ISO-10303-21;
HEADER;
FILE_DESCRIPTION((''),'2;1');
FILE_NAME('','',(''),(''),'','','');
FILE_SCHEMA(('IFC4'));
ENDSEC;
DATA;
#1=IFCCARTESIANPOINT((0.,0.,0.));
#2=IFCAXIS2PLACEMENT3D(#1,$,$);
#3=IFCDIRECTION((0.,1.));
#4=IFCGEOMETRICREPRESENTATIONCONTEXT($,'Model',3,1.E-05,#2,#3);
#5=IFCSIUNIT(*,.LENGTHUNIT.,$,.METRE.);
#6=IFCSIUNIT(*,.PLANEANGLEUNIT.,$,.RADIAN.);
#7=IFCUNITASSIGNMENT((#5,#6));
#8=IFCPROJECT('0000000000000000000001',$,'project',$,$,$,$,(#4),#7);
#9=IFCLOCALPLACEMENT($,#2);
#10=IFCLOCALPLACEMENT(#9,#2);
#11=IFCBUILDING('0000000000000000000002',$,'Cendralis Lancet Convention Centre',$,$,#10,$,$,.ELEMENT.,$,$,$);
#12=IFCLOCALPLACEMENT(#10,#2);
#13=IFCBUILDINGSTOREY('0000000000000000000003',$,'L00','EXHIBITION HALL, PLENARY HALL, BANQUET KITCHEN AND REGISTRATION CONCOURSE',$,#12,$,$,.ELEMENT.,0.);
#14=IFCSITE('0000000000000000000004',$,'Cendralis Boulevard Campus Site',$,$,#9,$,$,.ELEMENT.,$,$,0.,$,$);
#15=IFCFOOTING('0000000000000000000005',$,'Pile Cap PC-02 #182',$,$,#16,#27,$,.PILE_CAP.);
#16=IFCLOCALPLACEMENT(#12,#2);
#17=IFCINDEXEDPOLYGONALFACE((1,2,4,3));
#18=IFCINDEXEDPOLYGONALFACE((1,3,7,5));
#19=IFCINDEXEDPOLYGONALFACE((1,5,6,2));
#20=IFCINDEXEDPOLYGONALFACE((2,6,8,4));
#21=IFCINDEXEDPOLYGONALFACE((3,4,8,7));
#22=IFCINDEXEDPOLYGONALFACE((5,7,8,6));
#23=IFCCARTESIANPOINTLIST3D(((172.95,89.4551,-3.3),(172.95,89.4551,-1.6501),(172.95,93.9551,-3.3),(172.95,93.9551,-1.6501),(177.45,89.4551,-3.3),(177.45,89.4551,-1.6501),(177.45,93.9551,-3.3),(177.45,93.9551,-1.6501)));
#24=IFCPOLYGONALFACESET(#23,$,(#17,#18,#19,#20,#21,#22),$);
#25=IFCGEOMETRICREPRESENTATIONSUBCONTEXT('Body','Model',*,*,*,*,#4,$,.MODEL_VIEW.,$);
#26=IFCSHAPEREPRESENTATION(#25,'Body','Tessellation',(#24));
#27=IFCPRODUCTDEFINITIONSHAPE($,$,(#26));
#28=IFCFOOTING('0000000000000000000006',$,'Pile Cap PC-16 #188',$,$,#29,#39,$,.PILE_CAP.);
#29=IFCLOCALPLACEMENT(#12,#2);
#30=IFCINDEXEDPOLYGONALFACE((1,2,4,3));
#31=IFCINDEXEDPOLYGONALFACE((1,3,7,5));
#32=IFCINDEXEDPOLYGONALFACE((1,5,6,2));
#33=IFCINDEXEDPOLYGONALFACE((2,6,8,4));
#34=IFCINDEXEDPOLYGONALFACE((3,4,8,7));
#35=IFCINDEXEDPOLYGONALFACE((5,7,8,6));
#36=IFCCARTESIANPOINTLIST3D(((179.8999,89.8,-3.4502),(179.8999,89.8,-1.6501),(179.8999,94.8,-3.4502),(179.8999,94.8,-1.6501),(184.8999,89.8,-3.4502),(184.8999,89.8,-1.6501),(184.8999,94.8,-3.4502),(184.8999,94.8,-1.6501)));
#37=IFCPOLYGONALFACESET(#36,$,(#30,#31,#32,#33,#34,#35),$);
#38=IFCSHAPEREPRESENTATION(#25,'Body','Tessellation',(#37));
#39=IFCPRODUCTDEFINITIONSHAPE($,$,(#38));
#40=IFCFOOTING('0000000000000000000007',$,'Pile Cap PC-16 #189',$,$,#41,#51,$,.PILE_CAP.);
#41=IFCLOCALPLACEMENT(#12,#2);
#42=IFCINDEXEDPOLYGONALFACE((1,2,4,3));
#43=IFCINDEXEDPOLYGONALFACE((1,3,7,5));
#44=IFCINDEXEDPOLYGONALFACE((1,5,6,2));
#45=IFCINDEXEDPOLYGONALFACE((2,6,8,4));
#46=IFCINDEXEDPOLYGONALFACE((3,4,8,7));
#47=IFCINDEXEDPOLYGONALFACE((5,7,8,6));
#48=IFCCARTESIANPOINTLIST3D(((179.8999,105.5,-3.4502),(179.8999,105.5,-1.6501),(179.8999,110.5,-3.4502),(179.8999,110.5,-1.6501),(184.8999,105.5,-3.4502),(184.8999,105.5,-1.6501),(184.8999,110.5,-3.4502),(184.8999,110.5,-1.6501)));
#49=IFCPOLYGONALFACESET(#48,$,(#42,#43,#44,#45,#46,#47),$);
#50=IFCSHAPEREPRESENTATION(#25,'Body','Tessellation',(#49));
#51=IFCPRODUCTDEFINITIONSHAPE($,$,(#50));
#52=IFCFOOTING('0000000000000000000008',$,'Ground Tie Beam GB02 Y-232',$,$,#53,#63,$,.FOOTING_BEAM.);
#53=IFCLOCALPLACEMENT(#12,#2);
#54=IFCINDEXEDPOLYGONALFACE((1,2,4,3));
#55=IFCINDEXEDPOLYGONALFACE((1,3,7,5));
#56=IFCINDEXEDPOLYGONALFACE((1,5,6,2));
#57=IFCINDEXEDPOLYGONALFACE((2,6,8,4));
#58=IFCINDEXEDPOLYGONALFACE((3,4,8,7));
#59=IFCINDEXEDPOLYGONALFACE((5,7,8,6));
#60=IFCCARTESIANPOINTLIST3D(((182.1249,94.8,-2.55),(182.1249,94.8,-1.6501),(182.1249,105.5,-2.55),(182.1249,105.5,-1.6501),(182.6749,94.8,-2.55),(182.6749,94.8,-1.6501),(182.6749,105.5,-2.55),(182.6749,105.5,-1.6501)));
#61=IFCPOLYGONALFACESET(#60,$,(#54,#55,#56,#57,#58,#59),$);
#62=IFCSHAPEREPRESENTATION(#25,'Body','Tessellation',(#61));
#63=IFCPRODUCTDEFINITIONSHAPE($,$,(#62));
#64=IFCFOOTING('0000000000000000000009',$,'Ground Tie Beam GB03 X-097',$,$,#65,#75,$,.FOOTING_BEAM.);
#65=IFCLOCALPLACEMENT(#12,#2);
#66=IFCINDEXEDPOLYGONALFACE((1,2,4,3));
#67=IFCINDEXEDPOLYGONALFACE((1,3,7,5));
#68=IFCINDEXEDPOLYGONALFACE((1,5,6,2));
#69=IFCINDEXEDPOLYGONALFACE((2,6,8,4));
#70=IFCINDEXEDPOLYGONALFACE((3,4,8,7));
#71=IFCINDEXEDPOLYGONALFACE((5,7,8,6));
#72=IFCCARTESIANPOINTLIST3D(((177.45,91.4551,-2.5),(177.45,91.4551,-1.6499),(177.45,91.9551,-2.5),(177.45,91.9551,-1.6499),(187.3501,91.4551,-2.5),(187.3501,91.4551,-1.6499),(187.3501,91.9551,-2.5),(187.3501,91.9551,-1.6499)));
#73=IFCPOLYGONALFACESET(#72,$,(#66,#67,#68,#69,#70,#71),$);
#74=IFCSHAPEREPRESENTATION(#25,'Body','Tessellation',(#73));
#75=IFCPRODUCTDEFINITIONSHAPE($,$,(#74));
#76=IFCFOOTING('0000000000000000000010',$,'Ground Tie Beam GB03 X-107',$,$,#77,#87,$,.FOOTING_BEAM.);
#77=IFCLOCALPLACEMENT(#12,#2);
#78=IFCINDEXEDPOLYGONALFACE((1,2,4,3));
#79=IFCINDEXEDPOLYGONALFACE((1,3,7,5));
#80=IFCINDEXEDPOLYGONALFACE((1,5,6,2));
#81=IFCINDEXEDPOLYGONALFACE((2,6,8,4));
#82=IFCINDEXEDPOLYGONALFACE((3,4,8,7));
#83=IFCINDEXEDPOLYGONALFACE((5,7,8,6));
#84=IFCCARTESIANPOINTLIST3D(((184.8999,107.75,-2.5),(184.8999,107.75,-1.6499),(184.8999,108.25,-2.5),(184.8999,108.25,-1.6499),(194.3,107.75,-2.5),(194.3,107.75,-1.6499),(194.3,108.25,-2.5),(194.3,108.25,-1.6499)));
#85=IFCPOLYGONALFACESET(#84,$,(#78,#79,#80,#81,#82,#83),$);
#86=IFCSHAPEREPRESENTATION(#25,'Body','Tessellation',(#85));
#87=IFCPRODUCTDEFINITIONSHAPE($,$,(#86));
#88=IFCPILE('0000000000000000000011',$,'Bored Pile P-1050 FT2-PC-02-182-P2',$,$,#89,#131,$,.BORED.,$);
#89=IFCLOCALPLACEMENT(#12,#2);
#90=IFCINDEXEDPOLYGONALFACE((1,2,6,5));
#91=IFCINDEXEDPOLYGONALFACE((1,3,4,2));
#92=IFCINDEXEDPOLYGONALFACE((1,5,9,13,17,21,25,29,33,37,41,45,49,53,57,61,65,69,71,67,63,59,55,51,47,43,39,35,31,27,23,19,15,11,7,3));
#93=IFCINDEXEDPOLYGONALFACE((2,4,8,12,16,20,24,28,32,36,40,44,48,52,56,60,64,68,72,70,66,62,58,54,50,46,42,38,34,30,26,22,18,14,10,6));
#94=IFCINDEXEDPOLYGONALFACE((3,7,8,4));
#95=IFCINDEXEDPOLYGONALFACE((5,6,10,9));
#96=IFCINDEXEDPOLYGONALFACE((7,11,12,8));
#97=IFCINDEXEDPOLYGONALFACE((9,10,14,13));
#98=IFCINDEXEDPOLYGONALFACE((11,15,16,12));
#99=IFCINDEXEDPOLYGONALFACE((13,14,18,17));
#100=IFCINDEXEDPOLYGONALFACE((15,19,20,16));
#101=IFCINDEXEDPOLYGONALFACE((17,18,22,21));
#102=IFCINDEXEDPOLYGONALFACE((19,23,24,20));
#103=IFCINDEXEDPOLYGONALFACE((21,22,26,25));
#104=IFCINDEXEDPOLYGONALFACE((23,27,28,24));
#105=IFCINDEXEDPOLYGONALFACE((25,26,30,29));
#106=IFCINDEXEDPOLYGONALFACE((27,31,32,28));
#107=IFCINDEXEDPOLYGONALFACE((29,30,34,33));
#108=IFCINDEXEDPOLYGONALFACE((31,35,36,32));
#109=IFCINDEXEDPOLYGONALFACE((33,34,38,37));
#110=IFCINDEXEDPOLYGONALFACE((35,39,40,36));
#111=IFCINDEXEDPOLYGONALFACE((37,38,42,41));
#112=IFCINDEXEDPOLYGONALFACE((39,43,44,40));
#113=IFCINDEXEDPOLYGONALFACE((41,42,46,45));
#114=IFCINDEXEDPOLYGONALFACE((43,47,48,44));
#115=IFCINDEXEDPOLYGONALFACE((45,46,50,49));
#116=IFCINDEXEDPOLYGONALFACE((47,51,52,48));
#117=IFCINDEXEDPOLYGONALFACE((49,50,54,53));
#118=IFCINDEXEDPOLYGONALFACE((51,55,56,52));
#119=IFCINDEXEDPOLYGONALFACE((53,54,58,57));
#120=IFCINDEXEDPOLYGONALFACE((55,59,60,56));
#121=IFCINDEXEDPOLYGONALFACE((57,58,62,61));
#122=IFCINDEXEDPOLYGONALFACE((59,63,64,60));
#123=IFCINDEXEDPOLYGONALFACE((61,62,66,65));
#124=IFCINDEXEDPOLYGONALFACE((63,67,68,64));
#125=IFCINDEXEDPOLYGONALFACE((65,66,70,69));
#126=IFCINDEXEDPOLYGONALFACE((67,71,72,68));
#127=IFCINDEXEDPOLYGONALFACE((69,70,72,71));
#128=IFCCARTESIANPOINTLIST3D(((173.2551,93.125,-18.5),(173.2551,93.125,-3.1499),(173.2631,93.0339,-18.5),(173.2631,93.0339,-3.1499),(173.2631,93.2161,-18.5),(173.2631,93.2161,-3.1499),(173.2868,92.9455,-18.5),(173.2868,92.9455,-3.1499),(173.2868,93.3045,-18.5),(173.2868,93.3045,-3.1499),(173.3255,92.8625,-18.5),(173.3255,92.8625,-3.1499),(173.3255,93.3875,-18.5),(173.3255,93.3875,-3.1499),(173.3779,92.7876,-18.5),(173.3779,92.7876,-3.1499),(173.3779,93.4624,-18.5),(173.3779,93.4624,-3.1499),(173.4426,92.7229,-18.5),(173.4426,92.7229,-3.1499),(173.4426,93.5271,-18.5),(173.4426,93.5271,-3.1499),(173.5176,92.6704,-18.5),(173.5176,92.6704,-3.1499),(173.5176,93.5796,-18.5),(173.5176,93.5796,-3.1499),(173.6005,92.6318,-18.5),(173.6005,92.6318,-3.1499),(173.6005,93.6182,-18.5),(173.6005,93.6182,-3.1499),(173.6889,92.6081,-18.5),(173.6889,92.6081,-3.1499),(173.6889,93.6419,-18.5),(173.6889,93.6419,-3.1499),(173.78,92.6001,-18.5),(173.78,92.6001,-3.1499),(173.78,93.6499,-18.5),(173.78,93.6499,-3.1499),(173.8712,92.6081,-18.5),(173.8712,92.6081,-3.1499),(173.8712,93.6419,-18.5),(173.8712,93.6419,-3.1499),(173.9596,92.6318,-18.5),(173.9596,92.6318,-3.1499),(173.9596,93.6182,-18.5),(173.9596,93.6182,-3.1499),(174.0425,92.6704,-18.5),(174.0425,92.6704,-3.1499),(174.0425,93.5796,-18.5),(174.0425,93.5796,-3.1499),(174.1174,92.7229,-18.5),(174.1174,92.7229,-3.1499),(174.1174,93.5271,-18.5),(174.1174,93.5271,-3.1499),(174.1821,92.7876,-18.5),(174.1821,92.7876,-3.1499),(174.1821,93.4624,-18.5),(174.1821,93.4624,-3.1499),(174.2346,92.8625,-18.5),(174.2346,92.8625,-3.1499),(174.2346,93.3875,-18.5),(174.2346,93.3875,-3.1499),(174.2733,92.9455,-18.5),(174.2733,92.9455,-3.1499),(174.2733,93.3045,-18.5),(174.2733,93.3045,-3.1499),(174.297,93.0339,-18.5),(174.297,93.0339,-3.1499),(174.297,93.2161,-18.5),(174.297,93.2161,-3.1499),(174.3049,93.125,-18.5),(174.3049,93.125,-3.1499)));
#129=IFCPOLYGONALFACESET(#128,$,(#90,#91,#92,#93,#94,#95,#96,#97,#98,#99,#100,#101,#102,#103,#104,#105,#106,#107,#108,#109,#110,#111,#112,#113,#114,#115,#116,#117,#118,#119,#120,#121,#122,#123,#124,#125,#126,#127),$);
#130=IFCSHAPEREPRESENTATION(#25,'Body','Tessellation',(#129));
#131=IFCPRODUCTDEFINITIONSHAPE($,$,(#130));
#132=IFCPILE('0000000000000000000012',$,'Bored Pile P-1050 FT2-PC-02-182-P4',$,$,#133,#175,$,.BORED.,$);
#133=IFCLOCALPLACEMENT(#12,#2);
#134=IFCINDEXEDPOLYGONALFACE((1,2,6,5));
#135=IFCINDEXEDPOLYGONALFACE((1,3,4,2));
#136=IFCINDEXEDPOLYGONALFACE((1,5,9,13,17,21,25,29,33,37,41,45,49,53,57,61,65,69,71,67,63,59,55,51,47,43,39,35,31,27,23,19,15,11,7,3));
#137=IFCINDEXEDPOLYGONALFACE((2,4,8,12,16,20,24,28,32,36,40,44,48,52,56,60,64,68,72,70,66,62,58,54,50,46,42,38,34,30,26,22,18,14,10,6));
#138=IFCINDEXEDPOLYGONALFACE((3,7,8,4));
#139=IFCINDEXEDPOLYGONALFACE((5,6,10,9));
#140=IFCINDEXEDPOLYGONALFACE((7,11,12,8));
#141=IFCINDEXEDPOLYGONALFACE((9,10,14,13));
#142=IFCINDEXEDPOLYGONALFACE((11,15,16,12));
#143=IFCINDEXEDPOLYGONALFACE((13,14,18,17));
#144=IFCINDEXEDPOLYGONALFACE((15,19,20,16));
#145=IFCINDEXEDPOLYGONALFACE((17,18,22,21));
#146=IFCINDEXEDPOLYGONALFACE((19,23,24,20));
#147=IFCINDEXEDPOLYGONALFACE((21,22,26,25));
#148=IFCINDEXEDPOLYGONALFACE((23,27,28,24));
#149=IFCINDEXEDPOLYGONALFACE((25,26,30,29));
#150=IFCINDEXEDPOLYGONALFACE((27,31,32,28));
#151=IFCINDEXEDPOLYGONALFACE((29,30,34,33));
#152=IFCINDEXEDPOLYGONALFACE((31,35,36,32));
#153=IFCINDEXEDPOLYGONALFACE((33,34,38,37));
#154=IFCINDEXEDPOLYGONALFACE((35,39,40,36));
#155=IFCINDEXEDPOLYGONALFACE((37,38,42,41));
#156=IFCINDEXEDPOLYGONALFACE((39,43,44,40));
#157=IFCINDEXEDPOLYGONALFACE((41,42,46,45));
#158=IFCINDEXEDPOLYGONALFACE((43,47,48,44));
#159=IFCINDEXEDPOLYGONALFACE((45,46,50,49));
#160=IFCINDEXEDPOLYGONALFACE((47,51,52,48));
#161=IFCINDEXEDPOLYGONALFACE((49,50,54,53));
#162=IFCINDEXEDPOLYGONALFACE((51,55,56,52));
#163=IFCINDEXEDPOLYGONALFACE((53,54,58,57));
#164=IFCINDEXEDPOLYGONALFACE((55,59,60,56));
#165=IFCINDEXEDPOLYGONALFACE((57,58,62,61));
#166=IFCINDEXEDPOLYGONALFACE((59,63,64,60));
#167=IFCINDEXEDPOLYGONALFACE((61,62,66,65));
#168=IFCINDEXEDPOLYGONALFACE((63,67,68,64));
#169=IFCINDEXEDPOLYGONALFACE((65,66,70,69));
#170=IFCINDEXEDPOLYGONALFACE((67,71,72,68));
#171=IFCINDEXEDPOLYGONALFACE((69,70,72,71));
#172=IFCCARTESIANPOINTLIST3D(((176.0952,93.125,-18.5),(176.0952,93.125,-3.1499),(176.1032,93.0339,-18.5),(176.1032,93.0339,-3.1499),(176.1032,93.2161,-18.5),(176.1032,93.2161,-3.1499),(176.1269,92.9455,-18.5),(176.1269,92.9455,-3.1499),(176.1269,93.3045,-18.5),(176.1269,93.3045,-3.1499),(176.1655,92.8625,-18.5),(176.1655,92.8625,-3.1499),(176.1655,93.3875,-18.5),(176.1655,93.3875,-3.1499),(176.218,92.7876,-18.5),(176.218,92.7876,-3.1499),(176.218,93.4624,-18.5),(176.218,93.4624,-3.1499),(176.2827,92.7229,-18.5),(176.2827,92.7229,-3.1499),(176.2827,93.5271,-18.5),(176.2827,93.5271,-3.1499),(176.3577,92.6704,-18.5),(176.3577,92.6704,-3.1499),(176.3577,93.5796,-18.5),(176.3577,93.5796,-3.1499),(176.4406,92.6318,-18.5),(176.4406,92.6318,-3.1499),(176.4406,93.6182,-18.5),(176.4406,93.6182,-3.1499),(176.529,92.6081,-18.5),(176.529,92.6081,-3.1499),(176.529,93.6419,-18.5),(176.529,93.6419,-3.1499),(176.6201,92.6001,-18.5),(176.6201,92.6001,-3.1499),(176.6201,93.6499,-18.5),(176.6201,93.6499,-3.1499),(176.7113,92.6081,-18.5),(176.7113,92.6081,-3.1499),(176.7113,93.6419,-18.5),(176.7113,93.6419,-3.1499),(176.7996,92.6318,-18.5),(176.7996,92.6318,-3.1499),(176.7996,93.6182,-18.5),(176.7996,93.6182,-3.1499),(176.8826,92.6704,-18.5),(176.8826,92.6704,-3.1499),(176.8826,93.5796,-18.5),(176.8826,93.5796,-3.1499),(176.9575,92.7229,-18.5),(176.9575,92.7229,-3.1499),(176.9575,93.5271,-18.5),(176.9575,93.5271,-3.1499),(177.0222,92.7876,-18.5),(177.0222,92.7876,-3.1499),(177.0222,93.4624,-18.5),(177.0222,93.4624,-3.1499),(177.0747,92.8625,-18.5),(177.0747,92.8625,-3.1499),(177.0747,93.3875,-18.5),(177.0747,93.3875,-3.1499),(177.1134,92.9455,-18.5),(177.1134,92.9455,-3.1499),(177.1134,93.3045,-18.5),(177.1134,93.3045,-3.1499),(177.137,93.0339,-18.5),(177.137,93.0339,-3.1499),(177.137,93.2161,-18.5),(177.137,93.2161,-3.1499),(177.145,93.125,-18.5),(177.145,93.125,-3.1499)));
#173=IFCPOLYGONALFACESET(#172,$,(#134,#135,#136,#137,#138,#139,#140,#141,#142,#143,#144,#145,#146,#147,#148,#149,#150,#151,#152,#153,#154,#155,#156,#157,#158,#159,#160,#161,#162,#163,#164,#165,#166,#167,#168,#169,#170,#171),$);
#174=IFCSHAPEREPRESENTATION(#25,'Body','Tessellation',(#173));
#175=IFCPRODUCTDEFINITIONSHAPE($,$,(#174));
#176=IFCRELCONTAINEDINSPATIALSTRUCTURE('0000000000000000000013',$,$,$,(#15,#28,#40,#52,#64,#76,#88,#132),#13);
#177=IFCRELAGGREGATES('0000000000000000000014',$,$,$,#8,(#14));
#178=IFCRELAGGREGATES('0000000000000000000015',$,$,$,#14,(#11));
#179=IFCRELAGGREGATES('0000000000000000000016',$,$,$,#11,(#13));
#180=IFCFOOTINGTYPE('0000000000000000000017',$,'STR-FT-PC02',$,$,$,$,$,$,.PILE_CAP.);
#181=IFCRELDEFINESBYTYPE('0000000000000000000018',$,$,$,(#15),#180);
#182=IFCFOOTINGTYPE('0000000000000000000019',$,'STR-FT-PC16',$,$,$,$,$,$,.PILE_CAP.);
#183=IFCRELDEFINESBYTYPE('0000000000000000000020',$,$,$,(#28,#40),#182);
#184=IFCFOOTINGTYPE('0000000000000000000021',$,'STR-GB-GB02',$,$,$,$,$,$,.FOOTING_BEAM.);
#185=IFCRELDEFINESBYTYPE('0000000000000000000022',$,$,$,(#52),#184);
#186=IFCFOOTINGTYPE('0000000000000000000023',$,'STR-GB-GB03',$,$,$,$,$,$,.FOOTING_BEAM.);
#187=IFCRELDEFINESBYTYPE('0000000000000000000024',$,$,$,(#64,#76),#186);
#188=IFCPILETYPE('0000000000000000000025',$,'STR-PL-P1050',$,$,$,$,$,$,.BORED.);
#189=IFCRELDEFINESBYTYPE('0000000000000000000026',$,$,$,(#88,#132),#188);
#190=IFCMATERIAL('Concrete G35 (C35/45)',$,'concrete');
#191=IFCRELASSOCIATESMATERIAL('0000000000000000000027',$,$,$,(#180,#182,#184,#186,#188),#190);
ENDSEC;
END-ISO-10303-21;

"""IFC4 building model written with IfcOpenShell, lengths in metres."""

from ifc_helpers import new_model, si_unit, direction, frame, origin, origin_2d, place, context, subcontext, project, spatial, rectangle, circle, extrude, material, material_profile, profile_set, type_object, element, save


model = new_model("IFC4")

# Units and contexts
model_context = context("Model", 3, precision=1e-05, world=origin(), true_north=direction((0.0, 1.0)))
body_context = subcontext(model_context, "Body", "Model", "MODEL_VIEW")
ifc_project = project(units=[si_unit("LENGTHUNIT", "METRE"), si_unit("PLANEANGLEUNIT", "RADIAN")], contexts=[model_context])

# Site, building, storey
site_placement = place(None, origin())
site = spatial("IfcSite", under=ifc_project, at=site_placement, Name="Cendralis Boulevard Campus Site", CompositionType="ELEMENT", RefElevation=0.0)
building_placement = place(site_placement, origin())
building = spatial("IfcBuilding", under=site, at=building_placement, Name="Cendralis Lancet Convention Centre", CompositionType="ELEMENT")
storey_placement = place(building_placement, origin())
storey = spatial("IfcBuildingStorey", under=building, at=storey_placement, Name="L00", Description="EXHIBITION HALL, PLENARY HALL, BANQUET KITCHEN AND REGISTRATION CONCOURSE", CompositionType="ELEMENT", Elevation=0.0)

# Footings
ifc_material_1 = material(Name="Concrete G35 (C35/45)", Category="concrete")
footing_type_1 = type_object("IfcFootingType", Name="STR-FT-PC02", PredefinedType="PILE_CAP", material=ifc_material_1)
footing_1_placement = place(storey_placement, frame((175.2, 91.7051, -3.3), z_axis=(0.0, 0.0, 1.0), x_axis=(1.0, 0.0, 0.0)))
element("IfcFooting", 1, at=footing_1_placement, inside=storey, type_object=footing_type_1, Name="Pile Cap PC-02 #182", PredefinedType="PILE_CAP", context=body_context, shape_type="SweptSolid", body=[
    extrude(rectangle(XDim=4.5, YDim=4.5, at=origin_2d()), origin(), (0.0, 0.0, 1.0), 1.6499),
])
footing_type_2 = type_object("IfcFootingType", Name="STR-FT-PC16", PredefinedType="PILE_CAP", material=ifc_material_1)
for number, where, z_axis, x_axis, name in (
    (2, (182.3999, 92.3, -3.4502), (0.0, 0.0, 1.0), (1.0, 0.0, 0.0), "Pile Cap PC-16 #188"),
    (3, (182.3999, 108.0, -3.4502), (0.0, 0.0, 1.0), (1.0, 0.0, 0.0), "Pile Cap PC-16 #189"),
):
    element("IfcFooting", number, at=place(storey_placement, frame(where, z_axis=z_axis, x_axis=x_axis)), inside=storey, type_object=footing_type_2, Name=name, PredefinedType="PILE_CAP", context=body_context, shape_type="SweptSolid", body=[
        extrude(rectangle(XDim=5.0, YDim=5.0, at=origin_2d()), origin(), (0.0, 0.0, 1.0), 1.8),
    ])
ifc_material_profile_1 = material_profile(ifc_material_1, rectangle(XDim=0.55, YDim=0.8999, at=origin_2d()), Name="RCB 550x900")
ifc_profile_set_1 = profile_set([ifc_material_profile_1], Name="Concrete G35 (C35/45)")
footing_type_3 = type_object("IfcFootingType", Name="STR-GB-GB02", PredefinedType="FOOTING_BEAM", material=ifc_profile_set_1)
footing_2_placement = place(storey_placement, frame((182.3999, 94.8, -2.1001), z_axis=(0.0, 1.0, 0.0), x_axis=(-1.0, 0.0, 0.0)))
element("IfcFooting", 4, at=footing_2_placement, inside=storey, type_object=footing_type_3, Name="Ground Tie Beam GB02 Y-232", PredefinedType="FOOTING_BEAM", context=body_context, shape_type="SweptSolid", body=[
    extrude(rectangle(XDim=0.55, YDim=0.8999, at=origin_2d()), origin(), (0.0, 0.0, 1.0), 10.7),
])
ifc_material_profile_2 = material_profile(ifc_material_1, rectangle(XDim=0.5, YDim=0.8501, at=origin_2d()), Name="RCB 500x850")
ifc_profile_set_2 = profile_set([ifc_material_profile_2], Name="Concrete G35 (C35/45)")
footing_type_4 = type_object("IfcFootingType", Name="STR-GB-GB03", PredefinedType="FOOTING_BEAM", material=ifc_profile_set_2)
footing_3_placement = place(storey_placement, frame((177.45, 91.7051, -2.075), z_axis=(1.0, 0.0, 0.0), x_axis=(0.0, 1.0, 0.0)))
element("IfcFooting", 5, at=footing_3_placement, inside=storey, type_object=footing_type_4, Name="Ground Tie Beam GB03 X-097", PredefinedType="FOOTING_BEAM", context=body_context, shape_type="SweptSolid", body=[
    extrude(rectangle(XDim=0.5, YDim=0.8501, at=origin_2d()), origin(), (0.0, 0.0, 1.0), 9.9001),
])
footing_4_placement = place(storey_placement, frame((184.8999, 108.0, -2.075), z_axis=(1.0, 0.0, 0.0), x_axis=(0.0, 1.0, 0.0)))
element("IfcFooting", 6, at=footing_4_placement, inside=storey, type_object=footing_type_4, Name="Ground Tie Beam GB03 X-107", PredefinedType="FOOTING_BEAM", context=body_context, shape_type="SweptSolid", body=[
    extrude(rectangle(XDim=0.5, YDim=0.8501, at=origin_2d()), origin(), (0.0, 0.0, 1.0), 9.4001),
])

# Piles
ifc_material_profile_3 = material_profile(ifc_material_1, circle(Radius=0.5249, at=origin_2d()), Name="BORED PILE D1050")
ifc_profile_set_3 = profile_set([ifc_material_profile_3], Name="Concrete G35 (C35/45)")
pile_type_1 = type_object("IfcPileType", Name="STR-PL-P1050", PredefinedType="BORED", material=ifc_profile_set_3)
for number, where, z_axis, x_axis, name in (
    (7, (173.78, 93.125, -3.1499), (0.0, 0.0, -1.0), (1.0, 0.0, 0.0), "Bored Pile P-1050 FT2-PC-02-182-P2"),
    (8, (176.6201, 93.125, -3.1499), (0.0, 0.0, -1.0), (1.0, 0.0, 0.0), "Bored Pile P-1050 FT2-PC-02-182-P4"),
):
    element("IfcPile", number, at=place(storey_placement, frame(where, z_axis=z_axis, x_axis=x_axis)), inside=storey, type_object=pile_type_1, Name=name, PredefinedType="BORED", context=body_context, shape_type="SweptSolid", body=[
        extrude(circle(Radius=0.5249, at=origin_2d()), origin(), (0.0, 0.0, 1.0), 15.3501),
    ])

save(model, "model.ifc")
